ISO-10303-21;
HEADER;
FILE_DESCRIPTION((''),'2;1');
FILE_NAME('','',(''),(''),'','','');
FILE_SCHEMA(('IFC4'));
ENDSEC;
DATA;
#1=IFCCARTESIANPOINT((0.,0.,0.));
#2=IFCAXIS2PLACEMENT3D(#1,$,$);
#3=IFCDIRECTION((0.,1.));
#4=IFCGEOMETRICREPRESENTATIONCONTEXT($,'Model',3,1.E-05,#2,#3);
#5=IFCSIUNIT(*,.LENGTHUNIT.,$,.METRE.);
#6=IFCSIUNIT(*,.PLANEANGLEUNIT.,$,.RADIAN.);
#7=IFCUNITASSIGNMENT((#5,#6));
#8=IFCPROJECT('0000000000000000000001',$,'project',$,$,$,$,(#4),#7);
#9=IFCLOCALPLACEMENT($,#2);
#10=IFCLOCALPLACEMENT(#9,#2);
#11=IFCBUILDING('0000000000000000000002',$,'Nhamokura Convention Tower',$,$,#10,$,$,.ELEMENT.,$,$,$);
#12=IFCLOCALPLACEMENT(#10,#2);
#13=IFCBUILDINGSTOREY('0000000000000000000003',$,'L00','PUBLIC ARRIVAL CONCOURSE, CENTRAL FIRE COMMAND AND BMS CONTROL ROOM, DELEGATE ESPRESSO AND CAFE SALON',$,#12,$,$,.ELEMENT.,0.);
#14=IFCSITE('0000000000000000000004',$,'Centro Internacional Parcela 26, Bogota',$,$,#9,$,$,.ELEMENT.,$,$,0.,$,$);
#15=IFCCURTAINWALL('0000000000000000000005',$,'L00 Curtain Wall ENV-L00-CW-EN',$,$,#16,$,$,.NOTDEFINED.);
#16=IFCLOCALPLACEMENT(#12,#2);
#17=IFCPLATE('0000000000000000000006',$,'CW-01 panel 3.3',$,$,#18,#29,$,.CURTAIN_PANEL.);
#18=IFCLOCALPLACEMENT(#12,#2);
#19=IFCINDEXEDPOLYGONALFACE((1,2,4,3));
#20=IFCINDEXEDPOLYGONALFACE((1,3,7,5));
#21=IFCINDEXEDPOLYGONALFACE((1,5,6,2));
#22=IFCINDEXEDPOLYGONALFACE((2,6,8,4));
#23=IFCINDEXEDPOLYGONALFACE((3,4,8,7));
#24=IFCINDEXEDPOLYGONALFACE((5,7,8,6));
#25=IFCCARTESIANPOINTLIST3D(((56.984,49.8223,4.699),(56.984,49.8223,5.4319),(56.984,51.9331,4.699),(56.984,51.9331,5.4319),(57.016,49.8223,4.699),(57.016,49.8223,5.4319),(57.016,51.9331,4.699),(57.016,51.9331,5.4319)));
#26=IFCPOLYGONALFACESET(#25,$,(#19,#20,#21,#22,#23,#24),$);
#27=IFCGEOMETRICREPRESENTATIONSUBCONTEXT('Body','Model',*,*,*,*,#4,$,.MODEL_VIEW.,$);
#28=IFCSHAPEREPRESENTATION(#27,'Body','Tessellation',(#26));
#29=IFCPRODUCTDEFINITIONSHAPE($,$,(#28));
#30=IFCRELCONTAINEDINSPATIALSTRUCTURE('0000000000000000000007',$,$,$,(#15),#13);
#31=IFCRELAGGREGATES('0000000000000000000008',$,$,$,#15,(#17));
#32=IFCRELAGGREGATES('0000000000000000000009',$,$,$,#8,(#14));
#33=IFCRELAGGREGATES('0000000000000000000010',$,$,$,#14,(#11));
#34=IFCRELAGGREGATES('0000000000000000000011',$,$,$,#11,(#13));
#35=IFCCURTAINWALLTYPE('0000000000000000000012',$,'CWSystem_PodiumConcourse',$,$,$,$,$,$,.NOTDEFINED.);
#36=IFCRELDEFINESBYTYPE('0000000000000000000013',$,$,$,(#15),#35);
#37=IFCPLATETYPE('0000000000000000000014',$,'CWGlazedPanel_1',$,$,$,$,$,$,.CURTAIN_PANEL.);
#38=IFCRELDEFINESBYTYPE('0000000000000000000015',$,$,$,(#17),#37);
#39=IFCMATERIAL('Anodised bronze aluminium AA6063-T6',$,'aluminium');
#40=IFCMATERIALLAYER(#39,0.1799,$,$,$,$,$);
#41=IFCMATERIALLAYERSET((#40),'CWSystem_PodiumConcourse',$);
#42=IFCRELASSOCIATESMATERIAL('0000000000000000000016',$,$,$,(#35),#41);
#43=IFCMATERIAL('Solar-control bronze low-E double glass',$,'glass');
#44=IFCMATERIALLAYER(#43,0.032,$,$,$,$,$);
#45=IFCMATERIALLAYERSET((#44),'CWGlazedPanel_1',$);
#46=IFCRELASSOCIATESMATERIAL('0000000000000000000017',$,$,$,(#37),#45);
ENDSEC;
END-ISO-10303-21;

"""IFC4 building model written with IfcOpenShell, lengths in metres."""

from ifc_helpers import new_model, si_unit, direction, frame, origin, origin_2d, place, context, subcontext, project, spatial, rectangle, extrude, material, layer, layer_set, type_object, element, aggregate, save


model = new_model("IFC4")

# Units and contexts
model_context = context("Model", 3, precision=1e-05, world=origin(), true_north=direction((0.0, 1.0)))
body_context = subcontext(model_context, "Body", "Model", "MODEL_VIEW")
ifc_project = project(units=[si_unit("LENGTHUNIT", "METRE"), si_unit("PLANEANGLEUNIT", "RADIAN")], contexts=[model_context])

# Site, building, storey
site_placement = place(None, origin())
site = spatial("IfcSite", under=ifc_project, at=site_placement, Name="Centro Internacional Parcela 26, Bogota", CompositionType="ELEMENT", RefElevation=0.0)
building_placement = place(site_placement, origin())
building = spatial("IfcBuilding", under=site, at=building_placement, Name="Nhamokura Convention Tower", CompositionType="ELEMENT")
storey_placement = place(building_placement, origin())
storey = spatial("IfcBuildingStorey", under=building, at=storey_placement, Name="L00", Description="PUBLIC ARRIVAL CONCOURSE, CENTRAL FIRE COMMAND AND BMS CONTROL ROOM, DELEGATE ESPRESSO AND CAFE SALON", CompositionType="ELEMENT", Elevation=0.0)

# Curtain wall
ifc_material_1 = material(Name="Anodised bronze aluminium AA6063-T6", Category="aluminium")
ifc_layer_1 = layer(ifc_material_1, 0.1799)
ifc_layer_set_1 = layer_set([ifc_layer_1], Name="CWSystem_PodiumConcourse")
curtain_wall_type = type_object("IfcCurtainWallType", Name="CWSystem_PodiumConcourse", PredefinedType="NOTDEFINED", material=ifc_layer_set_1)
curtain_wall_placement = place(storey_placement, origin())
curtain_wall = element("IfcCurtainWall", 1, at=curtain_wall_placement, inside=storey, type_object=curtain_wall_type, Name="L00 Curtain Wall ENV-L00-CW-EN", PredefinedType="NOTDEFINED")

# Plate
ifc_material_2 = material(Name="Solar-control bronze low-E double glass", Category="glass")
ifc_layer_2 = layer(ifc_material_2, 0.032)
ifc_layer_set_2 = layer_set([ifc_layer_2], Name="CWGlazedPanel_1")
plate_type = type_object("IfcPlateType", Name="CWGlazedPanel_1", PredefinedType="CURTAIN_PANEL", material=ifc_layer_set_2)
plate_1_placement = place(storey_placement, frame((57.0, 50.8777, 4.699), z_axis=(0.0, 0.0, 1.0), x_axis=(0.0, -1.0, 0.0)))
plate_1 = element("IfcPlate", 2, at=plate_1_placement, type_object=plate_type, Name="CW-01 panel 3.3", PredefinedType="CURTAIN_PANEL", context=body_context, shape_type="SweptSolid", body=[
    extrude(rectangle(XDim=2.1108, YDim=0.032, at=origin_2d()), origin(), (0.0, 0.0, 1.0), 0.7329),
])
aggregate(curtain_wall, [plate_1])

save(model, "model.ifc")
